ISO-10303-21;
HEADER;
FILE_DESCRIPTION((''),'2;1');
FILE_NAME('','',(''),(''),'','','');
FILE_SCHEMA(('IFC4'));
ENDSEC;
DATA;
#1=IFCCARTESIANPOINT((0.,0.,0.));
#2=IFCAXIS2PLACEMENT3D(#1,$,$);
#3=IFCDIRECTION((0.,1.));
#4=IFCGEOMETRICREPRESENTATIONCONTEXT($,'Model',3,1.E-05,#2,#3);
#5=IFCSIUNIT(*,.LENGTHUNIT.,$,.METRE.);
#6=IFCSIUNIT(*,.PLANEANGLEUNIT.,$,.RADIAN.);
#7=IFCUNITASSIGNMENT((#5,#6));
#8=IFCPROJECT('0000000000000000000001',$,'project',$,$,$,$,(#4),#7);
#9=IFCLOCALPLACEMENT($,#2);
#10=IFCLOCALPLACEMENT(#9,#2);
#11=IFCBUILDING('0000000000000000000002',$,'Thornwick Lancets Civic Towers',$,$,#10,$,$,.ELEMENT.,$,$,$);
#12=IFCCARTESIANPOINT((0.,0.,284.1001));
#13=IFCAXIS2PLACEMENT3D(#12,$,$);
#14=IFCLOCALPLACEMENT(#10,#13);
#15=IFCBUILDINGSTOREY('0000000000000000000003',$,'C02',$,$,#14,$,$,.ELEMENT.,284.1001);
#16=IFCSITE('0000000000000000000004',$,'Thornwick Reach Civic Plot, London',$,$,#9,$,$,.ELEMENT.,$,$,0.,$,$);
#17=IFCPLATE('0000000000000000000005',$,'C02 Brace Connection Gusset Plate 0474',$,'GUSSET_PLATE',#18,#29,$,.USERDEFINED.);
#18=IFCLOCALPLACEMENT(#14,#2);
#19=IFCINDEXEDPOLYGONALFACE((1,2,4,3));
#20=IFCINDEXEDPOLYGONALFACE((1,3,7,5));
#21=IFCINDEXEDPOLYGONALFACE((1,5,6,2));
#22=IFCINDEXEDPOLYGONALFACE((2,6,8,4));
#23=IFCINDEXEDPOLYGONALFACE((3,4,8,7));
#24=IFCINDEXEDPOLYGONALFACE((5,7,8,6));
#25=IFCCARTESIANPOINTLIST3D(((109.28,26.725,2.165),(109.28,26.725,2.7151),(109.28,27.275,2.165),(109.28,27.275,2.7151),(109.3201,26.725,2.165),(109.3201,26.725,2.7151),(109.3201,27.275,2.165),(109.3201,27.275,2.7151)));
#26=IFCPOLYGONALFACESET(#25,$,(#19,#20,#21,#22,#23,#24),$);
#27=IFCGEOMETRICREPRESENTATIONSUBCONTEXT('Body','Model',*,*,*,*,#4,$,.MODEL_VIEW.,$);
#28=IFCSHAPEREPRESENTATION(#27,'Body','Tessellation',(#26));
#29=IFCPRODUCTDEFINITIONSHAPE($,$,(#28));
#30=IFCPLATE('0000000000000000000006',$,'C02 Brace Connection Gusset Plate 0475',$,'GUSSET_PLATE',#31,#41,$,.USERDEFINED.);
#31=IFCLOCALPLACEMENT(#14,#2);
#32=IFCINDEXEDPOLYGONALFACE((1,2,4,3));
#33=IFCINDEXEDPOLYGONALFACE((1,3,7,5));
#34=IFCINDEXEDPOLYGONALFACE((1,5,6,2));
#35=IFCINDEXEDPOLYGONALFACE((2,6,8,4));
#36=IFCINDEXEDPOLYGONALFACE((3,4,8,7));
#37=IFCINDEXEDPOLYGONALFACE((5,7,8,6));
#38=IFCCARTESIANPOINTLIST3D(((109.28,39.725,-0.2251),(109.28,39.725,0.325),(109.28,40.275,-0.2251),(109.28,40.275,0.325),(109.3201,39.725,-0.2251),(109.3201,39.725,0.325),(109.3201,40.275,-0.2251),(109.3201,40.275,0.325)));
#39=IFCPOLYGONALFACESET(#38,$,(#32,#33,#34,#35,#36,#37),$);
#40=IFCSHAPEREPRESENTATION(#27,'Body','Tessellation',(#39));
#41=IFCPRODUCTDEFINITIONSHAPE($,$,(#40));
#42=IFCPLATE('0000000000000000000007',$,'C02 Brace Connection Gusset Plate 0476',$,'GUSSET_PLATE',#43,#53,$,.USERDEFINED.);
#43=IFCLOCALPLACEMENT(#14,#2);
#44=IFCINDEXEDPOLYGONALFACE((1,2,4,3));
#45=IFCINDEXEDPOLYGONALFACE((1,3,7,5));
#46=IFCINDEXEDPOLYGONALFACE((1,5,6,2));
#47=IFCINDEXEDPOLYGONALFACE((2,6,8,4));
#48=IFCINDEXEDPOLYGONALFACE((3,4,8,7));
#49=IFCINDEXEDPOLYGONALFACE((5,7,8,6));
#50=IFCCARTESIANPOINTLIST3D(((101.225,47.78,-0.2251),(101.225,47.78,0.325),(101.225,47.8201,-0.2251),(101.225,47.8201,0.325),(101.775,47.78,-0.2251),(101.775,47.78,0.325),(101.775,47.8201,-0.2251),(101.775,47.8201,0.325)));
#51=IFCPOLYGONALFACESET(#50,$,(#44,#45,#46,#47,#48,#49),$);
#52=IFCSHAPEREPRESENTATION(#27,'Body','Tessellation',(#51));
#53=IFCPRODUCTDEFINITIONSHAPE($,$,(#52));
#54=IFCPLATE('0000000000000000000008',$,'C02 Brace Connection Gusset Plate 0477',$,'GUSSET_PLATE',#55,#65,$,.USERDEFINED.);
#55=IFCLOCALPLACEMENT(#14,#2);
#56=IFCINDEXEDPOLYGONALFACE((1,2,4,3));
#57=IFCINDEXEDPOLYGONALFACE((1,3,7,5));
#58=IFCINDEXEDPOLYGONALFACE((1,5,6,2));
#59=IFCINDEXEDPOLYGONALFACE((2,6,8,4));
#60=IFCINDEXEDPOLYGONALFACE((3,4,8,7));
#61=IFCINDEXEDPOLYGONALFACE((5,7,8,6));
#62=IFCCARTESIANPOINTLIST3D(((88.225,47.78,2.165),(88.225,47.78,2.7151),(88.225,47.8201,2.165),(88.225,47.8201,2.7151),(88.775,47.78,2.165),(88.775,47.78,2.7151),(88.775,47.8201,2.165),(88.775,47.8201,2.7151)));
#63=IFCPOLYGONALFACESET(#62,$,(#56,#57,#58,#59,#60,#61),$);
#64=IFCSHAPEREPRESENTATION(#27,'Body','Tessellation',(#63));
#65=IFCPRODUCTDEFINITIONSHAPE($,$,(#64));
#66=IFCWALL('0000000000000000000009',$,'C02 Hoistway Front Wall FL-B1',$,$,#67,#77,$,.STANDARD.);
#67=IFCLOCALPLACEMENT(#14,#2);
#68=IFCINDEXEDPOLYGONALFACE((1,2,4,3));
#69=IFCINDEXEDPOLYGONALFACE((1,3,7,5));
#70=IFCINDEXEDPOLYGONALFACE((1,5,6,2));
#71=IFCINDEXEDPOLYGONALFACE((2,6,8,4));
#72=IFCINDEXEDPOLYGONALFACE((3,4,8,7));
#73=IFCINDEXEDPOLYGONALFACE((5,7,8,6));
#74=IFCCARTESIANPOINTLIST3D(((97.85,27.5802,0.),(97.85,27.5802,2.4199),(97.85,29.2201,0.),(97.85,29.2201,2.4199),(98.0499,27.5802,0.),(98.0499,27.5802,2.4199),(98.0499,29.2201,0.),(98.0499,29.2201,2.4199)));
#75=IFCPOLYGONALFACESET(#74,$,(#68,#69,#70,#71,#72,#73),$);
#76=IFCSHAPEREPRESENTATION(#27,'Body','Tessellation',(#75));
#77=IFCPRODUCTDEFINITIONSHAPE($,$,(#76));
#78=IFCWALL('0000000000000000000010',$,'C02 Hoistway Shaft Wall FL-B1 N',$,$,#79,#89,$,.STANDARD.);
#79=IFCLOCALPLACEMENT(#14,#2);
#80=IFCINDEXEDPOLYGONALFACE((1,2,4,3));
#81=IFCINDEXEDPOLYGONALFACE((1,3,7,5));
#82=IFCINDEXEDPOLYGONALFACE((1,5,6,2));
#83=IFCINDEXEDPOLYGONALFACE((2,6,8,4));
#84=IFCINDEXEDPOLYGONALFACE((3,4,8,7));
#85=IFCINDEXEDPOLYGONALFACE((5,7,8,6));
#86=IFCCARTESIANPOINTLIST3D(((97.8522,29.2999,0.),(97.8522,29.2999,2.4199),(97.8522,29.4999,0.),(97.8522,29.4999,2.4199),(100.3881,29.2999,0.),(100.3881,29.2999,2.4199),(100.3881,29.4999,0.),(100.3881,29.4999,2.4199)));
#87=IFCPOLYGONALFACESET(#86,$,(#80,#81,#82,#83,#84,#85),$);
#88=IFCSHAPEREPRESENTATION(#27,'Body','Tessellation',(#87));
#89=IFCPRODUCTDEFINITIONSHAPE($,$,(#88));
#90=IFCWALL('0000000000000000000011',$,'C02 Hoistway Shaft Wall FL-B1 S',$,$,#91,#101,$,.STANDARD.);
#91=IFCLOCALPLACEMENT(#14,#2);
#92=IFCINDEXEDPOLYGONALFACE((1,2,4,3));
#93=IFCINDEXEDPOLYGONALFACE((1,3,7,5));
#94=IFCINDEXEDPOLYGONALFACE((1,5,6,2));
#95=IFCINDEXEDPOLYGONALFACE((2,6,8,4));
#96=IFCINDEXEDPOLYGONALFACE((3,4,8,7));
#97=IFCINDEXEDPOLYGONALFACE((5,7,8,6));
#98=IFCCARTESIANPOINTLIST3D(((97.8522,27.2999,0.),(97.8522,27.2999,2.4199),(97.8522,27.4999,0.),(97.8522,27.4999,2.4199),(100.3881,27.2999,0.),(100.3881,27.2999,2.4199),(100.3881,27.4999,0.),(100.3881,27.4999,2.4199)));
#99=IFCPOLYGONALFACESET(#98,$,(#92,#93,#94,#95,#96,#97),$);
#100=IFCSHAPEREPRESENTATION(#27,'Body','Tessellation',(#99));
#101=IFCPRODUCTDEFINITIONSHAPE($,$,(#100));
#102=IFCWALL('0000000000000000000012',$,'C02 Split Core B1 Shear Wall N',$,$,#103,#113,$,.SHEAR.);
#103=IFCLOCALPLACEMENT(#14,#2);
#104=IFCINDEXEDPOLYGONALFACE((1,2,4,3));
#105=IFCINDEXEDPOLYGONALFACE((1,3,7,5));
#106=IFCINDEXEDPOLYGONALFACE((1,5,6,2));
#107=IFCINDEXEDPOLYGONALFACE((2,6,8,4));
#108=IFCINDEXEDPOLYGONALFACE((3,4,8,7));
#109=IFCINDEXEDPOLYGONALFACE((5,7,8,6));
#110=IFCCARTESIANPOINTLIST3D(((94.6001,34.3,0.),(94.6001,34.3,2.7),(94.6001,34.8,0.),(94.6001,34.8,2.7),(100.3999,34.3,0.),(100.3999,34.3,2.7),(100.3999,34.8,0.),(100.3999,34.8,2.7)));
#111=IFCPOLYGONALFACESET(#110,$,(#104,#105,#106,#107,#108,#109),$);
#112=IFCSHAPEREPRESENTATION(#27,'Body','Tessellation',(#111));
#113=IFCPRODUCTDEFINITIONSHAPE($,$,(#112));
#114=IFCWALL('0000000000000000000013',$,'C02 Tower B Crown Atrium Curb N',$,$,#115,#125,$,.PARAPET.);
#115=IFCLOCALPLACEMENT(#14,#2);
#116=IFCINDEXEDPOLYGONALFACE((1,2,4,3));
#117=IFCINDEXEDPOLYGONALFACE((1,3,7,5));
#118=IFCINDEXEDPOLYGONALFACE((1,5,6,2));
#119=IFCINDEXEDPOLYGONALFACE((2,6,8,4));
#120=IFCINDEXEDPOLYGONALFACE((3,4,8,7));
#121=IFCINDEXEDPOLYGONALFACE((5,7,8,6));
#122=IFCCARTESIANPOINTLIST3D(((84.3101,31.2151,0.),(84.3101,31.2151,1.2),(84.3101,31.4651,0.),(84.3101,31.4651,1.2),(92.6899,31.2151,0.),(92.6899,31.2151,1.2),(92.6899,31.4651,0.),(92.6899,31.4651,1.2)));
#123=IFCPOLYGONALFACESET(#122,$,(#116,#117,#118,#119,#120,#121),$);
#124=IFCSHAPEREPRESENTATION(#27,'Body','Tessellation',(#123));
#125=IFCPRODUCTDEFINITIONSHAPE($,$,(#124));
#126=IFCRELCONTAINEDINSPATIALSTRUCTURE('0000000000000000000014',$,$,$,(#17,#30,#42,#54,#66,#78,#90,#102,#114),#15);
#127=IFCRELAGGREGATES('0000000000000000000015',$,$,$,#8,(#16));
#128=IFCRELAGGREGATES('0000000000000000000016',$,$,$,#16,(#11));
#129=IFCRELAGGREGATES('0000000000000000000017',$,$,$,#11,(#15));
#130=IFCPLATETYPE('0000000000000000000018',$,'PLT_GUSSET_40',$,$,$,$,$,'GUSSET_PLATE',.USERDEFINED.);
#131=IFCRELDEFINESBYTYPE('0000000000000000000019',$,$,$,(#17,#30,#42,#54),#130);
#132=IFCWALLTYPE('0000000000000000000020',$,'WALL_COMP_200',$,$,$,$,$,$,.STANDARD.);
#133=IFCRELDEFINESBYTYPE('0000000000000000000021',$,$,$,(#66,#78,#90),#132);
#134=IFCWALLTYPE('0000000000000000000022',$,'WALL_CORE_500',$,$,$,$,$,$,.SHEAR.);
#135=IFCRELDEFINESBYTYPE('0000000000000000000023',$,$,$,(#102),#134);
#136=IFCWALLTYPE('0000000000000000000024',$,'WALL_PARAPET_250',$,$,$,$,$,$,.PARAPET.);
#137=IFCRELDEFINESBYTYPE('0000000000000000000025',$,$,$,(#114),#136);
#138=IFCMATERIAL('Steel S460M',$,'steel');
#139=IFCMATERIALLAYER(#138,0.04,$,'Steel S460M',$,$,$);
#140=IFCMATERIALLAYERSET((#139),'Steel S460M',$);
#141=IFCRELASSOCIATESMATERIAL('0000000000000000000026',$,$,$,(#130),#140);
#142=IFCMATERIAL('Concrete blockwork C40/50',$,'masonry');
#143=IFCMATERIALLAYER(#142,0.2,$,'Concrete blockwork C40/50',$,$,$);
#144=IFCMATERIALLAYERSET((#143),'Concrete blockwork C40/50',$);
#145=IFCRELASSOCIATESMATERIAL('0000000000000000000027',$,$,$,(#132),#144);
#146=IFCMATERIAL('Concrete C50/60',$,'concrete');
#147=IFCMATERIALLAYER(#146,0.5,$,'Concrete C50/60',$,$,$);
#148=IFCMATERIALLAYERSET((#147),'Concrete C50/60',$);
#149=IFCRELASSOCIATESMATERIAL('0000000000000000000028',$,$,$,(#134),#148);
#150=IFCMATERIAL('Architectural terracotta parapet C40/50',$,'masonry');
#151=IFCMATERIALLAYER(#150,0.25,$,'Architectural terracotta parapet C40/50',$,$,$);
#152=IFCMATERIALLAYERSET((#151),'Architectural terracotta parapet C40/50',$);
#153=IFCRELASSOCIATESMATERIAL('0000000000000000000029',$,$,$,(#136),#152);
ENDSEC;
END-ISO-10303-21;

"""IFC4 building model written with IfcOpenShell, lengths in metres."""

from ifc_helpers import new_model, si_unit, direction, frame, frame_2d, origin, origin_2d, place, context, subcontext, project, spatial, rectangle, extrude, material, layer, layer_set, type_object, element, save


model = new_model("IFC4")

# Units and contexts
model_context = context("Model", 3, precision=1e-05, world=origin(), true_north=direction((0.0, 1.0)))
body_context = subcontext(model_context, "Body", "Model", "MODEL_VIEW")
ifc_project = project(units=[si_unit("LENGTHUNIT", "METRE"), si_unit("PLANEANGLEUNIT", "RADIAN")], contexts=[model_context])

# Site, building, storey
site_placement = place(None, origin())
site = spatial("IfcSite", under=ifc_project, at=site_placement, Name="Thornwick Reach Civic Plot, London", CompositionType="ELEMENT", RefElevation=0.0)
building_placement = place(site_placement, origin())
building = spatial("IfcBuilding", under=site, at=building_placement, Name="Thornwick Lancets Civic Towers", CompositionType="ELEMENT")
storey_placement = place(building_placement, frame((0.0, 0.0, 284.1001)))
storey = spatial("IfcBuildingStorey", under=building, at=storey_placement, Name="C02", CompositionType="ELEMENT", Elevation=284.1001)

# Plates
ifc_material_1 = material(Name="Steel S460M", Category="steel")
ifc_layer_1 = layer(ifc_material_1, 0.04, Name="Steel S460M")
ifc_layer_set_1 = layer_set([ifc_layer_1], Name="Steel S460M")
plate_type_1 = type_object("IfcPlateType", Name="PLT_GUSSET_40", ElementType="GUSSET_PLATE", PredefinedType="USERDEFINED", material=ifc_layer_set_1)
for number, where, z_axis, x_axis, name in (
    (1, (109.3, 27.0, 2.165), (0.0, 0.0, 1.0), (0.0, 1.0, 0.0), "C02 Brace Connection Gusset Plate 0474"),
    (2, (109.3, 40.0, -0.2251), (0.0, 0.0, 1.0), (0.0, -1.0, 0.0), "C02 Brace Connection Gusset Plate 0475"),
    (3, (101.5, 47.8, -0.2251), (0.0, 0.0, 1.0), (-1.0, 0.0, 0.0), "C02 Brace Connection Gusset Plate 0476"),
    (4, (88.5, 47.8, 2.165), (0.0, 0.0, 1.0), (-1.0, 0.0, 0.0), "C02 Brace Connection Gusset Plate 0477"),
):
    element("IfcPlate", number, at=place(storey_placement, frame(where, z_axis=z_axis, x_axis=x_axis)), inside=storey, type_object=plate_type_1, Name=name, ObjectType="GUSSET_PLATE", PredefinedType="USERDEFINED", context=body_context, shape_type="SweptSolid", body=[
        extrude(rectangle(XDim=0.55, YDim=0.04, at=origin_2d()), origin(), (0.0, 0.0, 1.0), 0.55),
    ])

# Walls
ifc_material_2 = material(Name="Concrete blockwork C40/50", Category="masonry")
ifc_layer_2 = layer(ifc_material_2, 0.2, Name="Concrete blockwork C40/50")
ifc_layer_set_2 = layer_set([ifc_layer_2], Name="Concrete blockwork C40/50")
wall_type_1 = type_object("IfcWallType", Name="WALL_COMP_200", PredefinedType="STANDARD", material=ifc_layer_set_2)
wall_1_placement = place(storey_placement, frame((97.95, 29.22, 0.0), z_axis=(0.0, 0.0, 1.0), x_axis=(0.0, -1.0, 0.0)))
element("IfcWall", 5, at=wall_1_placement, inside=storey, type_object=wall_type_1, Name="C02 Hoistway Front Wall FL-B1", PredefinedType="STANDARD", context=body_context, shape_type="SweptSolid", body=[
    extrude(rectangle(XDim=1.6399, YDim=0.2, at=frame_2d((0.8198, 0.0))), origin(), (0.0, 0.0, 1.0), 2.4199),
])
for number, where, z_axis, x_axis, name in (
    (6, (97.8521, 29.3999, 0.0), (0.0, 0.0, 1.0), (1.0, 0.0, 0.0), "C02 Hoistway Shaft Wall FL-B1 N"),
    (7, (97.8521, 27.3999, 0.0), (0.0, 0.0, 1.0), (1.0, 0.0, 0.0), "C02 Hoistway Shaft Wall FL-B1 S"),
):
    element("IfcWall", number, at=place(storey_placement, frame(where, z_axis=z_axis, x_axis=x_axis)), inside=storey, type_object=wall_type_1, Name=name, PredefinedType="STANDARD", context=body_context, shape_type="SweptSolid", body=[
        extrude(rectangle(XDim=2.5359, YDim=0.2, at=frame_2d((1.2681, 0.0))), origin(), (0.0, 0.0, 1.0), 2.4199),
    ])
ifc_material_3 = material(Name="Concrete C50/60", Category="concrete")
ifc_layer_3 = layer(ifc_material_3, 0.5, Name="Concrete C50/60")
ifc_layer_set_3 = layer_set([ifc_layer_3], Name="Concrete C50/60")
wall_type_2 = type_object("IfcWallType", Name="WALL_CORE_500", PredefinedType="SHEAR", material=ifc_layer_set_3)
wall_2_placement = place(storey_placement, frame((94.6001, 34.55, 0.0), z_axis=(0.0, 0.0, 1.0), x_axis=(1.0, 0.0, 0.0)))
element("IfcWall", 8, at=wall_2_placement, inside=storey, type_object=wall_type_2, Name="C02 Split Core B1 Shear Wall N", PredefinedType="SHEAR", context=body_context, shape_type="SweptSolid", body=[
    extrude(rectangle(XDim=5.7998, YDim=0.5, at=frame_2d((2.8999, 0.0))), origin(), (0.0, 0.0, 1.0), 2.7),
])
ifc_material_4 = material(Name="Architectural terracotta parapet C40/50", Category="masonry")
ifc_layer_4 = layer(ifc_material_4, 0.25, Name="Architectural terracotta parapet C40/50")
ifc_layer_set_4 = layer_set([ifc_layer_4], Name="Architectural terracotta parapet C40/50")
wall_type_3 = type_object("IfcWallType", Name="WALL_PARAPET_250", PredefinedType="PARAPET", material=ifc_layer_set_4)
wall_3_placement = place(storey_placement, frame((92.6899, 31.3401, 0.0), z_axis=(0.0, 0.0, 1.0), x_axis=(-1.0, 0.0, 0.0)))
element("IfcWall", 9, at=wall_3_placement, inside=storey, type_object=wall_type_3, Name="C02 Tower B Crown Atrium Curb N", PredefinedType="PARAPET", context=body_context, shape_type="SweptSolid", body=[
    extrude(rectangle(XDim=8.3799, YDim=0.25, at=frame_2d((4.1899, 0.0))), origin(), (0.0, 0.0, 1.0), 1.2),
])

save(model, "model.ifc")
